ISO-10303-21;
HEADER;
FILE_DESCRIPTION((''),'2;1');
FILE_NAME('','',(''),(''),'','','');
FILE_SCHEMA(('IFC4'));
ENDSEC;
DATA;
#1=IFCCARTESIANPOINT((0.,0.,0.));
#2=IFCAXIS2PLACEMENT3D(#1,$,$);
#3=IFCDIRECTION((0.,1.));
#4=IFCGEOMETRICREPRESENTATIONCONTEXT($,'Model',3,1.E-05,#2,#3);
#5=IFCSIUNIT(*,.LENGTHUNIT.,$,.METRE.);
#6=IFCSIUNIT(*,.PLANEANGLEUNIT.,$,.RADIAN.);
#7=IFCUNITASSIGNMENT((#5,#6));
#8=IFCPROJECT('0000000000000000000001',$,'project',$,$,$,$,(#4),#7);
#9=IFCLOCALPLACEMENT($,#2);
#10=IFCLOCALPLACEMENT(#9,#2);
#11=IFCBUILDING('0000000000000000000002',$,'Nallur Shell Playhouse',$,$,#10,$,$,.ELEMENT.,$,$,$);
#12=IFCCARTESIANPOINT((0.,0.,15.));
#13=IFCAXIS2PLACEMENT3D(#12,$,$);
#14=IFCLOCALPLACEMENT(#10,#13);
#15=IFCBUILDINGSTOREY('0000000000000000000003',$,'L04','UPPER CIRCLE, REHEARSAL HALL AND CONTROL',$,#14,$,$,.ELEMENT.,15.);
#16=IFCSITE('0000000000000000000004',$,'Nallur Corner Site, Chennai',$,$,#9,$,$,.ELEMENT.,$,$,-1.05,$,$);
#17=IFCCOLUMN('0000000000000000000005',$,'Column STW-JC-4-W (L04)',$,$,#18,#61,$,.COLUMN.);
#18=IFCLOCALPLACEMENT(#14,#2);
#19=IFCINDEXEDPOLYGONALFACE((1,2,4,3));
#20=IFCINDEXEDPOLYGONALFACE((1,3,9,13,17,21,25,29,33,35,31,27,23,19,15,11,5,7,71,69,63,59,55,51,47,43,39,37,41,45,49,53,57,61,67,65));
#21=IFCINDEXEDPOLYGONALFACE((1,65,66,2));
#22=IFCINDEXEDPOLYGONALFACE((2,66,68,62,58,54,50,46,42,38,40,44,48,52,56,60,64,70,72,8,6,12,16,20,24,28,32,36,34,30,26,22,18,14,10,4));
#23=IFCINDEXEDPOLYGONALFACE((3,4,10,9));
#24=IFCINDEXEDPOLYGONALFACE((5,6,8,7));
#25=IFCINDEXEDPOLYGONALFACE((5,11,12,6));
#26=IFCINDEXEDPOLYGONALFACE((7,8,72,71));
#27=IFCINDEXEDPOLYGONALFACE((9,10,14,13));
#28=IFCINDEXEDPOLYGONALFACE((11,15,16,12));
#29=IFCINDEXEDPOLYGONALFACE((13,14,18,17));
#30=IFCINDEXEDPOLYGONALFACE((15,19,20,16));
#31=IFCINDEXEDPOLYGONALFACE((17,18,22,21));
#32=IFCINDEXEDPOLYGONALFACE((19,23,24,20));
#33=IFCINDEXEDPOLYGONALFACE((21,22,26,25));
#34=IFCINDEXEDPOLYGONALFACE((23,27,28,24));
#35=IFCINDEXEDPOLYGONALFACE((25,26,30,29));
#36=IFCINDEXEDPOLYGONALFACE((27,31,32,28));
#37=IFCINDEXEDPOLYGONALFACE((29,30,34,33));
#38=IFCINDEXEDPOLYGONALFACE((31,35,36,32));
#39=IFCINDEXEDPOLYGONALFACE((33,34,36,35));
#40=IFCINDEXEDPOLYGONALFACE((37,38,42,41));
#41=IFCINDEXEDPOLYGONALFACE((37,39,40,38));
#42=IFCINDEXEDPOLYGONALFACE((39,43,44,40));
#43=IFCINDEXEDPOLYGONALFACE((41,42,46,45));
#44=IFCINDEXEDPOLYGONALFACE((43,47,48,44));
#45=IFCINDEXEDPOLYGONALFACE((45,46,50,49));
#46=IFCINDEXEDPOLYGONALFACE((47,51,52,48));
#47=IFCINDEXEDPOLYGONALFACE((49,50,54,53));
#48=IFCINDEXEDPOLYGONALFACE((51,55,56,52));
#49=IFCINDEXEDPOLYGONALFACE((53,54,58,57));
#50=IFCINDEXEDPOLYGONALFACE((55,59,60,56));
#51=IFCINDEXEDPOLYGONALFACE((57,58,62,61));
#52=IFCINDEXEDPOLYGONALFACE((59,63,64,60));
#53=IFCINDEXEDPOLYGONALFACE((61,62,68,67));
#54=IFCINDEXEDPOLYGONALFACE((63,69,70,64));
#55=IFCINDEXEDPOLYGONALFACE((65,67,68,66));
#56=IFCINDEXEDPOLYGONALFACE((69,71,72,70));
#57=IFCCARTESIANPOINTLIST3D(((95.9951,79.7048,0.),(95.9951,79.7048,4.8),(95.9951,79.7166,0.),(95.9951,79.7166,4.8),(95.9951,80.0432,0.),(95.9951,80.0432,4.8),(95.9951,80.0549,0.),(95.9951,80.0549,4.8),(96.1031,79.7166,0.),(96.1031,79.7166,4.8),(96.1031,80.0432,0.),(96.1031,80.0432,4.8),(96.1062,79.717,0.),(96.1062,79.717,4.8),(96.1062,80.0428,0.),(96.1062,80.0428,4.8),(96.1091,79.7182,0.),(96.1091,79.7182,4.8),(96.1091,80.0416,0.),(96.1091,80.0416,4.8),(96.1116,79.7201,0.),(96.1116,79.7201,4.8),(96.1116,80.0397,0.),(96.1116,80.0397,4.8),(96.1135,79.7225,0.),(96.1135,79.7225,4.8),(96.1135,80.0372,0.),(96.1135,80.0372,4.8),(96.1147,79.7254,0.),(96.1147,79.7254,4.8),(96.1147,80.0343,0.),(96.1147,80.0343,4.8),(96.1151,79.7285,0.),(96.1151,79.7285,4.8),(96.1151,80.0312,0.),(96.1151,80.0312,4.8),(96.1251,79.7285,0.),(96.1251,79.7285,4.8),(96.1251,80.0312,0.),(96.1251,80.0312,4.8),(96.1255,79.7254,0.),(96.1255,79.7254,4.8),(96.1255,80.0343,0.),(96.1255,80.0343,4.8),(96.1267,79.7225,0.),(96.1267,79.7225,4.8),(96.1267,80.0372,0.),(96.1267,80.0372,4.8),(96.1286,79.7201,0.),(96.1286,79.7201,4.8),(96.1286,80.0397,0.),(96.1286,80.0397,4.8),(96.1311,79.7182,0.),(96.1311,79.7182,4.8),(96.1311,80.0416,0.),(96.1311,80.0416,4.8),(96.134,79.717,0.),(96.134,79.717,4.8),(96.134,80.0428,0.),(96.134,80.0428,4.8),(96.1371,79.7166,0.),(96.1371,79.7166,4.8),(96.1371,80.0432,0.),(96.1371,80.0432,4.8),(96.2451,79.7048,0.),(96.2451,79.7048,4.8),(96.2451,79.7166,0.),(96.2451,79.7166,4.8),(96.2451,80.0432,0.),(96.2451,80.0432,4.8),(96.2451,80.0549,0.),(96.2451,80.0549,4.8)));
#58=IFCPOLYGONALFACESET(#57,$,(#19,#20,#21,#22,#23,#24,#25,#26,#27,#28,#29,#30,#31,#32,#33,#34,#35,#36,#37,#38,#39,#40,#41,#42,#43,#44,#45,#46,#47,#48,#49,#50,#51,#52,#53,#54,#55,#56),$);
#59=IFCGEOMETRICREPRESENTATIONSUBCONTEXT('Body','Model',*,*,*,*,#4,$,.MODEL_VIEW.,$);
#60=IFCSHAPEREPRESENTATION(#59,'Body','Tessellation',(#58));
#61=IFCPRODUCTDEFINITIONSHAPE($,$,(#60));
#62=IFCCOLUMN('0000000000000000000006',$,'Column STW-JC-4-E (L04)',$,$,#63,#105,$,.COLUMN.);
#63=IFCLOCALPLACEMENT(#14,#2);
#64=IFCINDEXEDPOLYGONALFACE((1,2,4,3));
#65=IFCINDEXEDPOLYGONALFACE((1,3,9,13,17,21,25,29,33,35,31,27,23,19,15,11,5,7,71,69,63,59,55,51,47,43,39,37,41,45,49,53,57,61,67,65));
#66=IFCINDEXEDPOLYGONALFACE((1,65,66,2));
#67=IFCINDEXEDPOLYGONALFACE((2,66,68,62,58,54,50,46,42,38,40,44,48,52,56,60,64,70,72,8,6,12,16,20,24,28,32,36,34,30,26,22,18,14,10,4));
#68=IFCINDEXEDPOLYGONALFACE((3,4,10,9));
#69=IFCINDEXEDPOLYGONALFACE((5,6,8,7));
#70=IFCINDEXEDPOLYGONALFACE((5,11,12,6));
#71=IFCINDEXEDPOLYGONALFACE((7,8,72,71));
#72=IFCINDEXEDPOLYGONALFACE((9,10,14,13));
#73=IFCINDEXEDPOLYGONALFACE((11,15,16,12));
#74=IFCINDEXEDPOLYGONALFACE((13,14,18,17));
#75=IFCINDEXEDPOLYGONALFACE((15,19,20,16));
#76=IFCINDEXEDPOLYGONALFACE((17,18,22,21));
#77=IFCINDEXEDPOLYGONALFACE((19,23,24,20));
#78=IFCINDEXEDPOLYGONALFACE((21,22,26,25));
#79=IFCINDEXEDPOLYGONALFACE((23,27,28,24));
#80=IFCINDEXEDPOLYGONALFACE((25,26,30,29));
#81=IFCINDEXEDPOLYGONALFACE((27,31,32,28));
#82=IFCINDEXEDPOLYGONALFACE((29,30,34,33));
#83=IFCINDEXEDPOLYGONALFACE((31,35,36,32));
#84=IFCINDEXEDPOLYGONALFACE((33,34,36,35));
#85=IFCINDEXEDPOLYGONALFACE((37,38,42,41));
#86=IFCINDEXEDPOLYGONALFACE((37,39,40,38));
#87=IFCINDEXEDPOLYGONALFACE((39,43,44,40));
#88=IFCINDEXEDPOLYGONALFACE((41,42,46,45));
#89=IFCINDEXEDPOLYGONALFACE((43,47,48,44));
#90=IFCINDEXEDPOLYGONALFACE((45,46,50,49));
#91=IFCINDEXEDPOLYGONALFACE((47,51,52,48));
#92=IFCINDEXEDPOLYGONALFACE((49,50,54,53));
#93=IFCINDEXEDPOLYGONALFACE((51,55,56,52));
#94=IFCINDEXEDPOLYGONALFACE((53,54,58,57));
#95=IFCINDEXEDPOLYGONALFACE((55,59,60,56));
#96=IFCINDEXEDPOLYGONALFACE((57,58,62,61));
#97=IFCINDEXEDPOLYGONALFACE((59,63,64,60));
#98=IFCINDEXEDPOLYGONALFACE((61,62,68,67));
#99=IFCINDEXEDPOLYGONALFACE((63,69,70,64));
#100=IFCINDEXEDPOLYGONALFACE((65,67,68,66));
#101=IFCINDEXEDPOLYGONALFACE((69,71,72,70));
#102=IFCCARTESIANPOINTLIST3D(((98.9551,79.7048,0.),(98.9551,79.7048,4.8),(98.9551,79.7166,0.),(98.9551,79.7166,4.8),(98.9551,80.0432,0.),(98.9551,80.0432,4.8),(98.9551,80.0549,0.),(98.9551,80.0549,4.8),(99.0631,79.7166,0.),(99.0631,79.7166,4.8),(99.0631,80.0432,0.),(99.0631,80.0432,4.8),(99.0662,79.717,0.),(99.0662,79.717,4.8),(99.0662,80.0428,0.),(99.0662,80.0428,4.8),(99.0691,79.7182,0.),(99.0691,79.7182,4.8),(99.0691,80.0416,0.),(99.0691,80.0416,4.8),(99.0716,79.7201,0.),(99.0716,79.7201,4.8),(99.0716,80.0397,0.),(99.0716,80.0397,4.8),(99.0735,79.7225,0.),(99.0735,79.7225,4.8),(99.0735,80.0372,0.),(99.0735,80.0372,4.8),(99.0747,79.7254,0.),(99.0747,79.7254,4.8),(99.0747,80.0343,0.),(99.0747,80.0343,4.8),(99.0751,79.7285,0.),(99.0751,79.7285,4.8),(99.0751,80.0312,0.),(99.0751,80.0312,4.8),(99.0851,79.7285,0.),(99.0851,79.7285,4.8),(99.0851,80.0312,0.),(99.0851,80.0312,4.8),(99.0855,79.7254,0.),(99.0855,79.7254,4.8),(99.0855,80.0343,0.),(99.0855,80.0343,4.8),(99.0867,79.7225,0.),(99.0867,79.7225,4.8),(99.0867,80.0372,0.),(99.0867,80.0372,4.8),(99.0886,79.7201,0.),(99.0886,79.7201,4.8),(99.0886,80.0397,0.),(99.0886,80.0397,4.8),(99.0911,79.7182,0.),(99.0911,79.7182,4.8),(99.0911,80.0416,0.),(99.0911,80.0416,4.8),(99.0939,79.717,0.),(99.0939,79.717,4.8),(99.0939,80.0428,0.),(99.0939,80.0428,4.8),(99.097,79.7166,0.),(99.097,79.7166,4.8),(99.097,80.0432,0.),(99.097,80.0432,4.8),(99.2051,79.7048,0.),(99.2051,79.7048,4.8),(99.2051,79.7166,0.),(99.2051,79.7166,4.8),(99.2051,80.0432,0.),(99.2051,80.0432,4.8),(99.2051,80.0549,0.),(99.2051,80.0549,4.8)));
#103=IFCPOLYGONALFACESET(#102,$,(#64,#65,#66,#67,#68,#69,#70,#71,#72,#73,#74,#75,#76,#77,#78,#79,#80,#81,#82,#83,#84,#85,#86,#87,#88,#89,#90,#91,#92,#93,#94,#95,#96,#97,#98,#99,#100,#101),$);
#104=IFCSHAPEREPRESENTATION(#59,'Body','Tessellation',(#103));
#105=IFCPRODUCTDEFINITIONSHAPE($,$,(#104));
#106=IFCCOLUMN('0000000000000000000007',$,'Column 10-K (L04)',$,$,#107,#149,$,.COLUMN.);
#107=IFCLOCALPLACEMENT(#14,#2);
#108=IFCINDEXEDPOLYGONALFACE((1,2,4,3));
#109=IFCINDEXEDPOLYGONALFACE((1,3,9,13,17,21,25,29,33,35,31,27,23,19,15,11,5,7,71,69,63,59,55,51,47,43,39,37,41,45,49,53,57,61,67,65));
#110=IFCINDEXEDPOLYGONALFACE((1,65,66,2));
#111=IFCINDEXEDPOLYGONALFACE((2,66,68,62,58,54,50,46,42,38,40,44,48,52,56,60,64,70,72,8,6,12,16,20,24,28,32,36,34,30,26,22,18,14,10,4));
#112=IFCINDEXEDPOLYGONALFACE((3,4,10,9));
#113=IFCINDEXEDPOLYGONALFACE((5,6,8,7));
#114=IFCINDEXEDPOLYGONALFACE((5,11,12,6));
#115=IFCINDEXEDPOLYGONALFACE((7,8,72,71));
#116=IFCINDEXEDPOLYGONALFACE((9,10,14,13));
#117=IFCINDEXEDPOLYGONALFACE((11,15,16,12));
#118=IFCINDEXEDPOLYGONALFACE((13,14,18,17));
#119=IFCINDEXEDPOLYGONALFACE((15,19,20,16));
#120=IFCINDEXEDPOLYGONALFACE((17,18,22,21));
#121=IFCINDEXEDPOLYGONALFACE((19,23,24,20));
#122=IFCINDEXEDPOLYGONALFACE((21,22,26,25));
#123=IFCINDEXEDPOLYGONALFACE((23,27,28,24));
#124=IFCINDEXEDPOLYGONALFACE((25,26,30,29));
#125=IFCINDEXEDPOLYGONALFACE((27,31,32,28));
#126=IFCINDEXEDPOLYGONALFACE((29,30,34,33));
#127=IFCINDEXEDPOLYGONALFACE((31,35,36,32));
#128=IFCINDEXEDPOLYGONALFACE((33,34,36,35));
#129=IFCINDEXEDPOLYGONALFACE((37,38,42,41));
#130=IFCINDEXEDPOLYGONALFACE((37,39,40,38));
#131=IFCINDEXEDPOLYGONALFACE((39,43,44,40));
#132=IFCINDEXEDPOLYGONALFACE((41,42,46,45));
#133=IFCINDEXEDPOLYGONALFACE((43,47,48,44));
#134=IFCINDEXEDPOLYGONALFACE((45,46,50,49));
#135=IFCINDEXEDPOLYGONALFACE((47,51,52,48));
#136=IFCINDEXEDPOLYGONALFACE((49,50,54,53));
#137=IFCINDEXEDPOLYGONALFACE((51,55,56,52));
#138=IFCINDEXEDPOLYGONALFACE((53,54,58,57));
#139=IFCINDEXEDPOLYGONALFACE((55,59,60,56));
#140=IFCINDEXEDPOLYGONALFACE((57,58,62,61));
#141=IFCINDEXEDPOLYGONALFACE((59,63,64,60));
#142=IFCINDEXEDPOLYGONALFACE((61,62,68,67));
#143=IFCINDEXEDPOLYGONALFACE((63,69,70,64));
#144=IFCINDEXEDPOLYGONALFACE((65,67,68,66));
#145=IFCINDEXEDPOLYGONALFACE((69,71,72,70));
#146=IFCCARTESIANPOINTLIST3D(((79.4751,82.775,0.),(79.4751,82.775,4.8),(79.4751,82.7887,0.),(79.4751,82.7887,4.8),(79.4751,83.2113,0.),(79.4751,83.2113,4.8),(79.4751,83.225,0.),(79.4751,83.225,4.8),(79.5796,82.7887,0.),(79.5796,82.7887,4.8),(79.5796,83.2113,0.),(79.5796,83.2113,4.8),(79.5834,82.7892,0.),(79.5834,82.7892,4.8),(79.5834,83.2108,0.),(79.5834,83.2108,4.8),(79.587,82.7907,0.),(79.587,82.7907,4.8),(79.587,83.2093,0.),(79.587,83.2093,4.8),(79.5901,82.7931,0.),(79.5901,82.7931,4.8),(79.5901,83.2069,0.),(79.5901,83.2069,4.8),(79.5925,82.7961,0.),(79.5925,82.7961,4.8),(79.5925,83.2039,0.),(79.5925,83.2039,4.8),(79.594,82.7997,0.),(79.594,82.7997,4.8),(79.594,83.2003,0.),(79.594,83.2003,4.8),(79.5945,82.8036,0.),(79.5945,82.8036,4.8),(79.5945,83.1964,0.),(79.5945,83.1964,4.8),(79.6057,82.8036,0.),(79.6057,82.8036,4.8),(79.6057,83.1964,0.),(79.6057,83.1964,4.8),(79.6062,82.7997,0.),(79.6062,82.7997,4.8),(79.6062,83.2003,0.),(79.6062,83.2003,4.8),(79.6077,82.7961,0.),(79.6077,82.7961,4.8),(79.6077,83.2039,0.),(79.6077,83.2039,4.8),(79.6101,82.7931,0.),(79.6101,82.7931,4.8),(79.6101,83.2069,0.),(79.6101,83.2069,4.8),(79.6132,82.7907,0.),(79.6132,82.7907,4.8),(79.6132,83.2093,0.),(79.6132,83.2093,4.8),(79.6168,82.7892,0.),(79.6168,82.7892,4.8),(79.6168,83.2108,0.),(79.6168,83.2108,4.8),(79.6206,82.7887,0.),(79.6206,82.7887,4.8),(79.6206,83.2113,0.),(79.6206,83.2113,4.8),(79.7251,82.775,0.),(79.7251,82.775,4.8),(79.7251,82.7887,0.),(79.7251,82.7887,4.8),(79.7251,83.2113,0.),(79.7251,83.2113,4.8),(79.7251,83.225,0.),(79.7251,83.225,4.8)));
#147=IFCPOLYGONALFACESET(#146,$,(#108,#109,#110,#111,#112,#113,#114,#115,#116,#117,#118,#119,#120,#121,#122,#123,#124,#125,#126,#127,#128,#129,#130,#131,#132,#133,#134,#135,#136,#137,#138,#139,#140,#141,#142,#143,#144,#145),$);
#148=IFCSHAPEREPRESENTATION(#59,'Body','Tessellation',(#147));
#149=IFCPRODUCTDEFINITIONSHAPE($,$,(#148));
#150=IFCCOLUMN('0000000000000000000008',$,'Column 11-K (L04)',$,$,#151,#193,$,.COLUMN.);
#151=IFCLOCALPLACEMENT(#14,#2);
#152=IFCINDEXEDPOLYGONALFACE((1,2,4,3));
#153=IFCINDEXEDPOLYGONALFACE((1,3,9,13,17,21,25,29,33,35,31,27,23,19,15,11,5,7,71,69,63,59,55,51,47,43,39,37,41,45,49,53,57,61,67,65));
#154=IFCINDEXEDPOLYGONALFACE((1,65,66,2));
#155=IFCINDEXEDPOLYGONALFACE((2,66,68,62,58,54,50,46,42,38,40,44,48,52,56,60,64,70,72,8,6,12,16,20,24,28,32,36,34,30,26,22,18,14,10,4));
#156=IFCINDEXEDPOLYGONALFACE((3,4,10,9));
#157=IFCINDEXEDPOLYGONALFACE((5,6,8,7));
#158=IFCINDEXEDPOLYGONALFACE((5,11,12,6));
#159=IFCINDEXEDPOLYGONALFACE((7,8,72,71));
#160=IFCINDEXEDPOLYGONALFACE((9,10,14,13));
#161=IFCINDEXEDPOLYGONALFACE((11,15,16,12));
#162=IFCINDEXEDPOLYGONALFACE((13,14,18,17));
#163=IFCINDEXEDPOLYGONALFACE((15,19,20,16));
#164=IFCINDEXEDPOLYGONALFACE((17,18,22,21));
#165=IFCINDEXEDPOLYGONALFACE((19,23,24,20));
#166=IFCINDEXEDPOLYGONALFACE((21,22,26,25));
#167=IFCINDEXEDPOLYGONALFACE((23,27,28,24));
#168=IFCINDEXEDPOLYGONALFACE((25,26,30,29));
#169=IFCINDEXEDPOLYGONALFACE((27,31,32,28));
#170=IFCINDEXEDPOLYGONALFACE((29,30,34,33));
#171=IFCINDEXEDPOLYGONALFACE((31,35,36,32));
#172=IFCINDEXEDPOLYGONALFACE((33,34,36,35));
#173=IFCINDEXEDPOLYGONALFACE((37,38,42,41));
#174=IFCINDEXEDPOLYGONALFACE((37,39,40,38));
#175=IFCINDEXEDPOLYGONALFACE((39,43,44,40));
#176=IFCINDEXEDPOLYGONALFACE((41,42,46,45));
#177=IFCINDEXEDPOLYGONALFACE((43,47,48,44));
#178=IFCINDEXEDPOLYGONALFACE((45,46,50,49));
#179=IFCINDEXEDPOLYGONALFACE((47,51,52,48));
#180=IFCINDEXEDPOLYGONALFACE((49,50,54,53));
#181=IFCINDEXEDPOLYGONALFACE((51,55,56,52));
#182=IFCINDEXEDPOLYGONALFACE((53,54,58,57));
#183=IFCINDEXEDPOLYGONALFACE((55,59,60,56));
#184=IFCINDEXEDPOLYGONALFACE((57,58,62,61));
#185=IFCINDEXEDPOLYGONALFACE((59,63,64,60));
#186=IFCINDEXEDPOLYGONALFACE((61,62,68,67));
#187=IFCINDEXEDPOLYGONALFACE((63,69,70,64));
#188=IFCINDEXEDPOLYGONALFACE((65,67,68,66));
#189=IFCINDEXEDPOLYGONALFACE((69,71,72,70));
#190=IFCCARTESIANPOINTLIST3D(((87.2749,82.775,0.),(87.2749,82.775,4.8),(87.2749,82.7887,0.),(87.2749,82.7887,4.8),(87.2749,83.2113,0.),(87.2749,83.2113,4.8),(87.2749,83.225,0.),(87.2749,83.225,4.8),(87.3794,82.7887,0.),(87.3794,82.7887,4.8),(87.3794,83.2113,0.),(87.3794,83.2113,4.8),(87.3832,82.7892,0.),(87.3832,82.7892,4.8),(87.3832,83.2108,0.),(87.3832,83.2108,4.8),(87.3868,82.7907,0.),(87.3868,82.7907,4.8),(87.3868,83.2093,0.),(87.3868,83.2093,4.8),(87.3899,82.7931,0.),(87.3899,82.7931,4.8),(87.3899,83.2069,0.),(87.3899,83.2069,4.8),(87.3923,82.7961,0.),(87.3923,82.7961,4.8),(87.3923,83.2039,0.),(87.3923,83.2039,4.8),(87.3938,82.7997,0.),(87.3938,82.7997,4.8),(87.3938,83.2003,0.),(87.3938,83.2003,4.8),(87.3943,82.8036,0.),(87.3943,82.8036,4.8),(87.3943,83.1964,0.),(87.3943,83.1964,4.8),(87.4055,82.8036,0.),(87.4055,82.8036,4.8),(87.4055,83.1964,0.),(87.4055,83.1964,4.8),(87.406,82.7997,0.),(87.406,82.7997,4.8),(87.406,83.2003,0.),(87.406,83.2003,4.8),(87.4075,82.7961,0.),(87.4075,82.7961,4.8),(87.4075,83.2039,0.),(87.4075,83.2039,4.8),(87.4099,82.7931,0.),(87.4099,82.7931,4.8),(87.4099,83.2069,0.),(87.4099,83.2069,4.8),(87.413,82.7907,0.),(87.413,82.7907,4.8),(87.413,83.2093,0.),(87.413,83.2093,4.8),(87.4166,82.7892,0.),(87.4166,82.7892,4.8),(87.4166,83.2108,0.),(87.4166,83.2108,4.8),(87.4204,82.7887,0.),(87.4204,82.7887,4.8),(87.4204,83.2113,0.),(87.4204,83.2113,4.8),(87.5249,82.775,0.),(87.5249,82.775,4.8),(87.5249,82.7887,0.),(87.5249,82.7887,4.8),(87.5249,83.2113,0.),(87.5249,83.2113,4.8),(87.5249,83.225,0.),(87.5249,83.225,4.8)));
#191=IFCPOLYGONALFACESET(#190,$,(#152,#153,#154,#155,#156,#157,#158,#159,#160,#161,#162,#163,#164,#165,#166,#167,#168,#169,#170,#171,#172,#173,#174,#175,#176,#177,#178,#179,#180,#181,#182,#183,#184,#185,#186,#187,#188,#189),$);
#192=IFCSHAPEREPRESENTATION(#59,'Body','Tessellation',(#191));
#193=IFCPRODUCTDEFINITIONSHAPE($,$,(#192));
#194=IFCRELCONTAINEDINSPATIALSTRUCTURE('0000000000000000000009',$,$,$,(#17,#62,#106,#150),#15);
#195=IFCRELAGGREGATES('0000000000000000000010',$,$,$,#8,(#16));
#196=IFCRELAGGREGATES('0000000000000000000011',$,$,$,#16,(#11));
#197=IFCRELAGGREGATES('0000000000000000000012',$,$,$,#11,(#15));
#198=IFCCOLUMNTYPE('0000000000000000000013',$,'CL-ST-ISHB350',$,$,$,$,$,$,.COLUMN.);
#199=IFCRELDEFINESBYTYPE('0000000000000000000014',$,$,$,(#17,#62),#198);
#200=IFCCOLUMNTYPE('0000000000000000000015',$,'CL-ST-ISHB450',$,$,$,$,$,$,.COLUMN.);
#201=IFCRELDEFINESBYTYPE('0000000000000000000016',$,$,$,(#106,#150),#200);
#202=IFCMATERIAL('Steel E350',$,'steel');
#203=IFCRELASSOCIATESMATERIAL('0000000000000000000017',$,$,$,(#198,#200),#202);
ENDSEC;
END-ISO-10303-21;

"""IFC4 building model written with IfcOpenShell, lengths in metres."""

from ifc_helpers import new_model, si_unit, direction, frame, origin, origin_2d, place, context, subcontext, project, spatial, i_section, extrude, material, material_profile, profile_set, type_object, element, save


model = new_model("IFC4")

# Units and contexts
model_context = context("Model", 3, precision=1e-05, world=origin(), true_north=direction((0.0, 1.0)))
body_context = subcontext(model_context, "Body", "Model", "MODEL_VIEW")
ifc_project = project(units=[si_unit("LENGTHUNIT", "METRE"), si_unit("PLANEANGLEUNIT", "RADIAN")], contexts=[model_context])

# Site, building, storey
site_placement = place(None, origin())
site = spatial("IfcSite", under=ifc_project, at=site_placement, Name="Nallur Corner Site, Chennai", CompositionType="ELEMENT", RefElevation=-1.05)
building_placement = place(site_placement, origin())
building = spatial("IfcBuilding", under=site, at=building_placement, Name="Nallur Shell Playhouse", CompositionType="ELEMENT")
storey_placement = place(building_placement, frame((0.0, 0.0, 15.0)))
storey = spatial("IfcBuildingStorey", under=building, at=storey_placement, Name="L04", Description="UPPER CIRCLE, REHEARSAL HALL AND CONTROL", CompositionType="ELEMENT", Elevation=15.0)

# Columns
ifc_material_1 = material(Name="Steel E350", Category="steel")
ifc_material_profile_1 = material_profile(ifc_material_1, i_section(OverallWidth=0.25, OverallDepth=0.3501, WebThickness=0.01, FlangeThickness=0.0117, FilletRadius=0.012, at=origin_2d()), Name="ISHB 350")
ifc_profile_set_1 = profile_set([ifc_material_profile_1], Name="Steel E350")
column_type_1 = type_object("IfcColumnType", Name="CL-ST-ISHB350", PredefinedType="COLUMN", material=ifc_profile_set_1)
for number, where, z_axis, x_axis, name in (
    (1, (96.1201, 79.8799, 0.0), (0.0, 0.0, 1.0), (1.0, 0.0, 0.0), "Column STW-JC-4-W (L04)"),
    (2, (99.0801, 79.8799, 0.0), (0.0, 0.0, 1.0), (1.0, 0.0, 0.0), "Column STW-JC-4-E (L04)"),
):
    element("IfcColumn", number, at=place(storey_placement, frame(where, z_axis=z_axis, x_axis=x_axis)), inside=storey, type_object=column_type_1, Name=name, PredefinedType="COLUMN", context=body_context, shape_type="SweptSolid", body=[
        extrude(i_section(OverallWidth=0.25, OverallDepth=0.3501, WebThickness=0.01, FlangeThickness=0.0117, FilletRadius=0.012, at=origin_2d()), origin(), (0.0, 0.0, 1.0), 4.8),
    ])
ifc_material_profile_2 = material_profile(ifc_material_1, i_section(OverallWidth=0.25, OverallDepth=0.45, WebThickness=0.0112, FlangeThickness=0.0137, FilletRadius=0.0149, at=origin_2d()), Name="ISHB 450")
ifc_profile_set_2 = profile_set([ifc_material_profile_2], Name="Steel E350")
column_type_2 = type_object("IfcColumnType", Name="CL-ST-ISHB450", PredefinedType="COLUMN", material=ifc_profile_set_2)
for number, where, z_axis, x_axis, name in (
    (3, (79.6001, 83.0, 0.0), (0.0, 0.0, 1.0), (1.0, 0.0, 0.0), "Column 10-K (L04)"),
    (4, (87.3999, 83.0, 0.0), (0.0, 0.0, 1.0), (1.0, 0.0, 0.0), "Column 11-K (L04)"),
):
    element("IfcColumn", number, at=place(storey_placement, frame(where, z_axis=z_axis, x_axis=x_axis)), inside=storey, type_object=column_type_2, Name=name, PredefinedType="COLUMN", context=body_context, shape_type="SweptSolid", body=[
        extrude(i_section(OverallWidth=0.25, OverallDepth=0.45, WebThickness=0.0112, FlangeThickness=0.0137, FilletRadius=0.0149, at=origin_2d()), origin(), (0.0, 0.0, 1.0), 4.8),
    ])

save(model, "model.ifc")
